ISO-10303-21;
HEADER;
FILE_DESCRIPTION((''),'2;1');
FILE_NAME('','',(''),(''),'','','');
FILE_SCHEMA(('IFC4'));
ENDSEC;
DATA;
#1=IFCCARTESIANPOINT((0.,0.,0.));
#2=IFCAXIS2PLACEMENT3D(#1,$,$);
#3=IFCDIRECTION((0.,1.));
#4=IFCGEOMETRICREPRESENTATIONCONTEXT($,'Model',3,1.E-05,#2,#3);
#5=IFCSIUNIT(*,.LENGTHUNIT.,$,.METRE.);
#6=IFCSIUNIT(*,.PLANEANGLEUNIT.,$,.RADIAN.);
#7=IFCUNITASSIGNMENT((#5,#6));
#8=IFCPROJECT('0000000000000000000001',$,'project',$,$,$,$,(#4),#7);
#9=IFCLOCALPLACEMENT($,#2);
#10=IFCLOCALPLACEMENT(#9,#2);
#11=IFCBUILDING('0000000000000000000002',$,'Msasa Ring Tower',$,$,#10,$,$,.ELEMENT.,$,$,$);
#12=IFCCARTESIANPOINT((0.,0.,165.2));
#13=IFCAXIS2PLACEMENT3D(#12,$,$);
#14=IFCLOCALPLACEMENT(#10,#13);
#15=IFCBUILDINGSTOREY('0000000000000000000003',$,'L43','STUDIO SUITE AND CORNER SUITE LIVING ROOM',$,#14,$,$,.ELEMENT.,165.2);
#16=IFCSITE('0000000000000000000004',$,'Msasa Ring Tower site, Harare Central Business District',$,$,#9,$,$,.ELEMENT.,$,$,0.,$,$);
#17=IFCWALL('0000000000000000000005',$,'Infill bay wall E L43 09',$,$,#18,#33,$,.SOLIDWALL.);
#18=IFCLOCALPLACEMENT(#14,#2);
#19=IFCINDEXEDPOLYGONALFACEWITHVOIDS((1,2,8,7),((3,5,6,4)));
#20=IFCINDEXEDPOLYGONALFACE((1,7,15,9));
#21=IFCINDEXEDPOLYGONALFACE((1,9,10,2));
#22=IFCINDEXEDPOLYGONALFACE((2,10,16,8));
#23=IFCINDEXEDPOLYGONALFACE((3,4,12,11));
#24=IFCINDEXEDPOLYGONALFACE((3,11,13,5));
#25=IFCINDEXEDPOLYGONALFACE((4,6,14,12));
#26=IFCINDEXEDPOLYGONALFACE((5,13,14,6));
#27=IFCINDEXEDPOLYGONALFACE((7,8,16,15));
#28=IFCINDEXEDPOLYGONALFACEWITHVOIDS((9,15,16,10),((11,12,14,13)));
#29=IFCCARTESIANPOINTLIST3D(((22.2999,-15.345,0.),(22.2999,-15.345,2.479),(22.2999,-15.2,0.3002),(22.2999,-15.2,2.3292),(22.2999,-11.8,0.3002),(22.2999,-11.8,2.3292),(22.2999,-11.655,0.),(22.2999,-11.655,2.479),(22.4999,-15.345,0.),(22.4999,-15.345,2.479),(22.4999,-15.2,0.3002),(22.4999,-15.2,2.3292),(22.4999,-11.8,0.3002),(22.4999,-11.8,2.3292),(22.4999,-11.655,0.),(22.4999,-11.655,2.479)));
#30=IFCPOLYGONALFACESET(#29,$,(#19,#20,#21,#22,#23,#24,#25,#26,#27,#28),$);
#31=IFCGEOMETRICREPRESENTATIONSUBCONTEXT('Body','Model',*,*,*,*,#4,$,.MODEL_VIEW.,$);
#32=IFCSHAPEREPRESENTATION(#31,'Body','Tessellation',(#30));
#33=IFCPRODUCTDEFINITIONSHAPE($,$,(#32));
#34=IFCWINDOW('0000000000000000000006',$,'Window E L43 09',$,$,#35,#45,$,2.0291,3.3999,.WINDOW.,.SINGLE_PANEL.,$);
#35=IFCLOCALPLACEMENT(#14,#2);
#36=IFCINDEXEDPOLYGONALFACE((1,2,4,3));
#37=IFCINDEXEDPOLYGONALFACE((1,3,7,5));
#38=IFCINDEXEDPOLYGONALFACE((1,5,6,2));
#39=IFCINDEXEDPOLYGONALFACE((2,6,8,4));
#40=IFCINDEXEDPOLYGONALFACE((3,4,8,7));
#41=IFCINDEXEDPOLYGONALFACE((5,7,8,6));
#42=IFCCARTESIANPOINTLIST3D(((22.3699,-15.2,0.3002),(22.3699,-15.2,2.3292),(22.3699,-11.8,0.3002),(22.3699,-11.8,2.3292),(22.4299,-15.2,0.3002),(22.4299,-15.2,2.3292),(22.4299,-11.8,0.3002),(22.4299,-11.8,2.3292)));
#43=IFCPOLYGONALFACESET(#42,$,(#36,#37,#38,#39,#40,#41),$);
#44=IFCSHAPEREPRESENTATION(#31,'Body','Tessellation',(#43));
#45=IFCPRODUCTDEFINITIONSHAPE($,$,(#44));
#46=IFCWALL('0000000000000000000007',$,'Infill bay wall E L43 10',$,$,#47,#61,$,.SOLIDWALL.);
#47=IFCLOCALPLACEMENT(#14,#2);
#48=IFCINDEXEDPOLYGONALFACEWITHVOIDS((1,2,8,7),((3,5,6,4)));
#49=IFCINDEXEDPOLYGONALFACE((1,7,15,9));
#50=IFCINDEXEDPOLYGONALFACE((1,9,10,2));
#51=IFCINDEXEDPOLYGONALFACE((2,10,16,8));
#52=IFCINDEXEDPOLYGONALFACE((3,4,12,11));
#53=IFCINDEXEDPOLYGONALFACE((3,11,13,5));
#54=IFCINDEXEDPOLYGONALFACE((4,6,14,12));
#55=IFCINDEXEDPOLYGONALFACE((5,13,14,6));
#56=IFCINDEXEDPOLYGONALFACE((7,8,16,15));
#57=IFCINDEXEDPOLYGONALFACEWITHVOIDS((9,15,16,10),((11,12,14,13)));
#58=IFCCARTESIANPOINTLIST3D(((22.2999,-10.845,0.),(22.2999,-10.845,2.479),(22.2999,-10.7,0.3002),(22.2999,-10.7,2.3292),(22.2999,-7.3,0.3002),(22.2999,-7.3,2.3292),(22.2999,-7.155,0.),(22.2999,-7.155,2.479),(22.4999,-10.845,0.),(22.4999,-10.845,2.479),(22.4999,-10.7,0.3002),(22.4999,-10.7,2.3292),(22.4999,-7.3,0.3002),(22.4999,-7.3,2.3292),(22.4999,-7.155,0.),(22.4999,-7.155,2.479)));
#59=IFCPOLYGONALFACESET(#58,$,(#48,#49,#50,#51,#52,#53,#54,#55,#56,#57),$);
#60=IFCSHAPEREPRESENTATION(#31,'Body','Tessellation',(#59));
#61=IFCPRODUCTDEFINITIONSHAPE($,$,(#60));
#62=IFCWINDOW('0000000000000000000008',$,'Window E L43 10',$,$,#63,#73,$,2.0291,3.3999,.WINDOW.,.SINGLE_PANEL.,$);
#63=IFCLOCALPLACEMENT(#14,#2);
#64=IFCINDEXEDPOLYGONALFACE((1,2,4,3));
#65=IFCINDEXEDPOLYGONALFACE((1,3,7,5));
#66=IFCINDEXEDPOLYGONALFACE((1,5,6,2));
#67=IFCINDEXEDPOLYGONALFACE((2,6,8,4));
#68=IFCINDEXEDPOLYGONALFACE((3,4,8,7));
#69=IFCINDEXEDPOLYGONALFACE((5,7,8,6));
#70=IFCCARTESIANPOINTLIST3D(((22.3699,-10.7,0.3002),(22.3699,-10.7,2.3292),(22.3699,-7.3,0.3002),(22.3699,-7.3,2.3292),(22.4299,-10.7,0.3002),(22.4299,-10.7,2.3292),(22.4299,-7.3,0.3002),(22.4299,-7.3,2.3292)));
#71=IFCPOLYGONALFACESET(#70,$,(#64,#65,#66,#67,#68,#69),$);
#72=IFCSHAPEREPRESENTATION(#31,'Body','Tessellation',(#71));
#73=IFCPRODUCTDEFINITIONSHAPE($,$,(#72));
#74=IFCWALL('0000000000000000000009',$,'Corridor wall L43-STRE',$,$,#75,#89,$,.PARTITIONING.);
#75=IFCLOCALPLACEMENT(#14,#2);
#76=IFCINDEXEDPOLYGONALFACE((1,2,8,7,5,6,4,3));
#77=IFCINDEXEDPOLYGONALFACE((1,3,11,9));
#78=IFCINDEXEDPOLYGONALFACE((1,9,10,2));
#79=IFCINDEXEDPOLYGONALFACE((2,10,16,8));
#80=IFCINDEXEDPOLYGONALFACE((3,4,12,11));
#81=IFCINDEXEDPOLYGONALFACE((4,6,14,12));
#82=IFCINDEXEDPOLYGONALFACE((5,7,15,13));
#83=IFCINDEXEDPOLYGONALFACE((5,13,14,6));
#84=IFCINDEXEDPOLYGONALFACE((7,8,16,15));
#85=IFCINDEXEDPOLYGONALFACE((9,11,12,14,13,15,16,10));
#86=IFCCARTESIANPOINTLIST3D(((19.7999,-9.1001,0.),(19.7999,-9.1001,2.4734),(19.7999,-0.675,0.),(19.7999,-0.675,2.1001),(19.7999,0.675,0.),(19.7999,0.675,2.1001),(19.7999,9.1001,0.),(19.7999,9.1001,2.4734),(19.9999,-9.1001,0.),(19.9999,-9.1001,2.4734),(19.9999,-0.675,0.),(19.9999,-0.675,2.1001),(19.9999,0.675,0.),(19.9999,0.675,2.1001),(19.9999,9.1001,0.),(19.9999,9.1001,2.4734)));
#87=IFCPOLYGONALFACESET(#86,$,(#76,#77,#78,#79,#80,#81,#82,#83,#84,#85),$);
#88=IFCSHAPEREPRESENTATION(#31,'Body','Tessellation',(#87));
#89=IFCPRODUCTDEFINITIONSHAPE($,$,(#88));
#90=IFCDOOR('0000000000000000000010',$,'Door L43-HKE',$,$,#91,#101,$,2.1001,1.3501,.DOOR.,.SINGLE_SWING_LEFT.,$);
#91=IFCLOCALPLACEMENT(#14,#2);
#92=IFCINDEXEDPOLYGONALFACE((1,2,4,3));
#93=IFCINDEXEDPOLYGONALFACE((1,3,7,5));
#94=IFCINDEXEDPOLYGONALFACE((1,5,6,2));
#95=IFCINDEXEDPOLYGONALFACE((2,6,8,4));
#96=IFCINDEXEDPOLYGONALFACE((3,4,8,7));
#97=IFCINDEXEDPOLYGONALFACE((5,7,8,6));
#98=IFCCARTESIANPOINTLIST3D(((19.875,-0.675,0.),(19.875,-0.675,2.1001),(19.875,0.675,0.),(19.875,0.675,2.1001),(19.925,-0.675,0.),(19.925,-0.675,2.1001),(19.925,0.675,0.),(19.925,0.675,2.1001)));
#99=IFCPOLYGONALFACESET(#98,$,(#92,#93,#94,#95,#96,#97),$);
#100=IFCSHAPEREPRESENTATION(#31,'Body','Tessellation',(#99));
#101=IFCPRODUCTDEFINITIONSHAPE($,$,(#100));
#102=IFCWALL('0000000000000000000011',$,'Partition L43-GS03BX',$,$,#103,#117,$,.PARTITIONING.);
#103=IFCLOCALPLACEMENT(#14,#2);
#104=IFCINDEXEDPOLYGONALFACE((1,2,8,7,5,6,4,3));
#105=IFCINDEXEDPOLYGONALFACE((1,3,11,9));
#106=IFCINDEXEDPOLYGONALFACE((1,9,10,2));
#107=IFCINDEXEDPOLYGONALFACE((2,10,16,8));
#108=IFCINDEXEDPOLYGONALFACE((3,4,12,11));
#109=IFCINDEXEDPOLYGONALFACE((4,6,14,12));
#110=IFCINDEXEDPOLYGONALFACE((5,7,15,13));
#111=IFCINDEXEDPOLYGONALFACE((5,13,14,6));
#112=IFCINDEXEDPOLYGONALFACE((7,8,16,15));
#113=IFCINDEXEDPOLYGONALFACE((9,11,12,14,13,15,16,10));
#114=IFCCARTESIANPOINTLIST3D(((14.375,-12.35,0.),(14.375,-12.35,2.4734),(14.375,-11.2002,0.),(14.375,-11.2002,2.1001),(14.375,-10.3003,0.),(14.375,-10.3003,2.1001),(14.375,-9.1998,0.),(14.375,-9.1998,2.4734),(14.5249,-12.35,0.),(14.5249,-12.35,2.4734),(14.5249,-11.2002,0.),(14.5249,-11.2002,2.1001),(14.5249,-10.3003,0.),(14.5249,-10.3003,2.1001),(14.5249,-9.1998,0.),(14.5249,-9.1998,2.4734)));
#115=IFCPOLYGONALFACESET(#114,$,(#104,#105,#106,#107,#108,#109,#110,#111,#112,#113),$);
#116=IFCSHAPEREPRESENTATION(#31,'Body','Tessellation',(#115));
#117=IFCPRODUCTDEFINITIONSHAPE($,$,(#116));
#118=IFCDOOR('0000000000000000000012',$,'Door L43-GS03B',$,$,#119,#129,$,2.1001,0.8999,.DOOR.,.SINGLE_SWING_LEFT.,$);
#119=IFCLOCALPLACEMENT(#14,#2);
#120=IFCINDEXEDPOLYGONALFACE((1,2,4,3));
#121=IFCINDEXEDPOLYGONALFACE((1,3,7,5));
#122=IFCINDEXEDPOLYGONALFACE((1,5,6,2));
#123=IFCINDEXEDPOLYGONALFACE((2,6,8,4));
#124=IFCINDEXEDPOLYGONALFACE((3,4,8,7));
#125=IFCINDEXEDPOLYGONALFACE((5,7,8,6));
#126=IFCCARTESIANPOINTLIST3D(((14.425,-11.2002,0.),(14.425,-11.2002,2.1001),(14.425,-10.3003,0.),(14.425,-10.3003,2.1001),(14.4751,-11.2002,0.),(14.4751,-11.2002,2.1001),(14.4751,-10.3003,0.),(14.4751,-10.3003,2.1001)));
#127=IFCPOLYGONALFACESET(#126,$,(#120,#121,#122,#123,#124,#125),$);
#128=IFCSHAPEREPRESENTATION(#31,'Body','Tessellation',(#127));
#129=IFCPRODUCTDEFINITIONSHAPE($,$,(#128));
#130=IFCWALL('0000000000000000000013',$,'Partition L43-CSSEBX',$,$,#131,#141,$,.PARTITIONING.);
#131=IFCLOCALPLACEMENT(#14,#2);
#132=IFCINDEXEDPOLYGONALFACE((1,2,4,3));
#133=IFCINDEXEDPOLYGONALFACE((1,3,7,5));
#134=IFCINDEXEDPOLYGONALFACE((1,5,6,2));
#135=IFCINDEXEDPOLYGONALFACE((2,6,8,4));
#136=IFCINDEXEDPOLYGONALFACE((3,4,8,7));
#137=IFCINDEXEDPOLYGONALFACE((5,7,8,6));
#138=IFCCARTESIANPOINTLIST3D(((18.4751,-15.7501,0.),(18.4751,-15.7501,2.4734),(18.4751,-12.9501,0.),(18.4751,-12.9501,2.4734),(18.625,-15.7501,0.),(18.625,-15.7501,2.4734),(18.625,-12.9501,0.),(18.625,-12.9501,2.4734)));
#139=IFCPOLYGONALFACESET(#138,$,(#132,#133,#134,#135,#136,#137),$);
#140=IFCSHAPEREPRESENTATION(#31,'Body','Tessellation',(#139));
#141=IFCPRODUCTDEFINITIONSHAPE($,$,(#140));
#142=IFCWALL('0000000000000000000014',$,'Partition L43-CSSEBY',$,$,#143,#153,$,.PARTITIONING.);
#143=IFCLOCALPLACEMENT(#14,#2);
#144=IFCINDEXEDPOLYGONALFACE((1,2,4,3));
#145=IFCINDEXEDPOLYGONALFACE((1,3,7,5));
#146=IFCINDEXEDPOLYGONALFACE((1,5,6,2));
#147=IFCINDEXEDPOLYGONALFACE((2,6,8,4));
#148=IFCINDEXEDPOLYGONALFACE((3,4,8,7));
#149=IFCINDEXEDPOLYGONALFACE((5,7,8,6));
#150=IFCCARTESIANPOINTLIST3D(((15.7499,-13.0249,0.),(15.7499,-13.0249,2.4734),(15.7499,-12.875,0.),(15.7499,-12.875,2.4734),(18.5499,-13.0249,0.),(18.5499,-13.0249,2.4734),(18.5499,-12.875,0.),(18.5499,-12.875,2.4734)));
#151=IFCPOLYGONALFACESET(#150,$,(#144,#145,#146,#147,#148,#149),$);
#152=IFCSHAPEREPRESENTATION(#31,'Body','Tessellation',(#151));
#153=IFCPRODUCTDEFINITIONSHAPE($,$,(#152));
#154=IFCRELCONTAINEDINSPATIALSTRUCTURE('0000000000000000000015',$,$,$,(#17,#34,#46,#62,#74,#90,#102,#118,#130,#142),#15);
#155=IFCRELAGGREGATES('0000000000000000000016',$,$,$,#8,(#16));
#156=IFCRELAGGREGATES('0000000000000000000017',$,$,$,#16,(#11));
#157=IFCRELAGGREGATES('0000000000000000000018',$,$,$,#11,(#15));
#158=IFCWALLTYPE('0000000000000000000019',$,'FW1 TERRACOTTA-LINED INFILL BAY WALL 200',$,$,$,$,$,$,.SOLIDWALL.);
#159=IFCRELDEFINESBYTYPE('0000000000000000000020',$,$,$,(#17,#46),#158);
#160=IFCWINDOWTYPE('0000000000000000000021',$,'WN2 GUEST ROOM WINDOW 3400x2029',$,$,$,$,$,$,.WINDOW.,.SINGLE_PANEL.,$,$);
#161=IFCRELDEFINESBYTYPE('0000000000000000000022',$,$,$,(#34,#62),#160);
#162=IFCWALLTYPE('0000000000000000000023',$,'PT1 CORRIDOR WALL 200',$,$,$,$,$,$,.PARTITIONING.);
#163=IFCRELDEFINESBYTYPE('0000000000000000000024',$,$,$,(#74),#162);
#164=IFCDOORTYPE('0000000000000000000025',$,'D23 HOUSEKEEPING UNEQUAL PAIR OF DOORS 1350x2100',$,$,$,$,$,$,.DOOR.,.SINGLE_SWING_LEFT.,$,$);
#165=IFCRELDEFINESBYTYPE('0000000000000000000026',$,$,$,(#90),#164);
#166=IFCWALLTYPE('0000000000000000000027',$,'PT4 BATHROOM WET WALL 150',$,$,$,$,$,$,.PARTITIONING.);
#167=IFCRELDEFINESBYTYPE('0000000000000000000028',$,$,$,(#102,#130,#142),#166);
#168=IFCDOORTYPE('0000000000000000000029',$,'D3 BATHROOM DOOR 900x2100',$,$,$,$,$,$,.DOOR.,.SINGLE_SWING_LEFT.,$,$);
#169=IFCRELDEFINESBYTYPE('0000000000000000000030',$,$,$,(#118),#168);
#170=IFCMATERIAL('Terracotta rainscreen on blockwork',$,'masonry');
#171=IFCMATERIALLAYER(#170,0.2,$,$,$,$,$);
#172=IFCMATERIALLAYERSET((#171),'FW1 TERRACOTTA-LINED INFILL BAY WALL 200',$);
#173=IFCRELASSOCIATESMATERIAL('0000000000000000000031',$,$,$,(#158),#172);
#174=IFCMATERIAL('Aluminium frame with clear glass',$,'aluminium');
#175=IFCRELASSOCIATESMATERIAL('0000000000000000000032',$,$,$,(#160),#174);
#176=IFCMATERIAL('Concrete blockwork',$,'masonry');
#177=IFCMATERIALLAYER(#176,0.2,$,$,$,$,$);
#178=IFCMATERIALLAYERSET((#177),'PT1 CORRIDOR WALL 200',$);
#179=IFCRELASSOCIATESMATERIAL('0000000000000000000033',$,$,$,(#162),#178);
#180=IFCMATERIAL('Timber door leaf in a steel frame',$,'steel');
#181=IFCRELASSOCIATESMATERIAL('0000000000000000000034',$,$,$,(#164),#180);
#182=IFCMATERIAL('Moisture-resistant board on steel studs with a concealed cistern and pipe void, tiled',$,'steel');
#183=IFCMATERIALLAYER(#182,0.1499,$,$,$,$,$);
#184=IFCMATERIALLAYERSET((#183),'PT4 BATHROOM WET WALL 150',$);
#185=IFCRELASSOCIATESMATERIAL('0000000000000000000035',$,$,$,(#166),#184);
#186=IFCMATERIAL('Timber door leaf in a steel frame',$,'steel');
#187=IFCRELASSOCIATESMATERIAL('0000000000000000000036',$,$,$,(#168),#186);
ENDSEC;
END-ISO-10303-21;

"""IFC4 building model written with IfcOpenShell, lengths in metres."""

from ifc_helpers import new_model, si_unit, direction, frame, frame_2d, origin, place, context, subcontext, project, spatial, rectangle, extrude, material, layer, layer_set, type_object, element, fill, save


model = new_model("IFC4")

# Units and contexts
model_context = context("Model", 3, precision=1e-05, world=origin(), true_north=direction((0.0, 1.0)))
body_context = subcontext(model_context, "Body", "Model", "MODEL_VIEW")
ifc_project = project(units=[si_unit("LENGTHUNIT", "METRE"), si_unit("PLANEANGLEUNIT", "RADIAN")], contexts=[model_context])

# Site, building, storey
site_placement = place(None, origin())
site = spatial("IfcSite", under=ifc_project, at=site_placement, Name="Msasa Ring Tower site, Harare Central Business District", CompositionType="ELEMENT", RefElevation=0.0)
building_placement = place(site_placement, origin())
building = spatial("IfcBuilding", under=site, at=building_placement, Name="Msasa Ring Tower", CompositionType="ELEMENT")
storey_placement = place(building_placement, frame((0.0, 0.0, 165.2)))
storey = spatial("IfcBuildingStorey", under=building, at=storey_placement, Name="L43", Description="STUDIO SUITE AND CORNER SUITE LIVING ROOM", CompositionType="ELEMENT", Elevation=165.2)

# Walls, openings, windows
ifc_material_1 = material(Name="Terracotta rainscreen on blockwork", Category="masonry")
ifc_layer_1 = layer(ifc_material_1, 0.2)
ifc_layer_set_1 = layer_set([ifc_layer_1], Name="FW1 TERRACOTTA-LINED INFILL BAY WALL 200")
wall_type_1 = type_object("IfcWallType", Name="FW1 TERRACOTTA-LINED INFILL BAY WALL 200", PredefinedType="SOLIDWALL", material=ifc_layer_set_1)
wall_1_placement = place(storey_placement, frame((22.3999, -15.345, 0.0), z_axis=(0.0, 0.0, 1.0), x_axis=(0.0, 1.0, 0.0)))
wall_1 = element("IfcWall", 1, at=wall_1_placement, inside=storey, type_object=wall_type_1, Name="Infill bay wall E L43 09", PredefinedType="SOLIDWALL", context=body_context, shape_type="SweptSolid", body=[
    extrude(rectangle(XDim=3.6899, YDim=0.2, at=frame_2d((1.845, 0.0))), origin(), (0.0, 0.0, 1.0), 2.479),
])
opening_1_placement = place(wall_1_placement, frame((0.145, 0.0, 0.3)))
opening_1 = element("IfcOpeningElement", 2, at=opening_1_placement, cuts=wall_1, PredefinedType="OPENING", context=body_context, shape_type="SweptSolid", body=[
    extrude(rectangle(XDim=3.3999, YDim=2.0291, at=frame_2d((1.7, 1.0146))), frame((0.0, 0.1099, 0.0), z_axis=(0.0, -1.0, 0.0), x_axis=(1.0, 0.0, 0.0)), (0.0, 0.0, 1.0), 0.22),
])
ifc_material_2 = material(Name="Aluminium frame with clear glass", Category="aluminium")
window_type = type_object("IfcWindowType", Name="WN2 GUEST ROOM WINDOW 3400x2029", PartitioningType="SINGLE_PANEL", PredefinedType="WINDOW", material=ifc_material_2)
window_1_placement = place(opening_1_placement, origin())
window_1 = element("IfcWindow", 3, at=window_1_placement, inside=storey, type_object=window_type, Name="Window E L43 09", OverallHeight=2.0291, OverallWidth=3.3999, PartitioningType="SINGLE_PANEL", PredefinedType="WINDOW", context=body_context, shape_type="SweptSolid", body=[
    extrude(rectangle(XDim=3.3999, YDim=2.0291, at=frame_2d((1.7, 1.0146))), frame((0.0, 0.03, 0.0), z_axis=(0.0, -1.0, 0.0), x_axis=(1.0, 0.0, 0.0)), (0.0, 0.0, 1.0), 0.0601),
])
fill(opening_1, window_1)
wall_2_placement = place(storey_placement, frame((22.3999, -10.845, 0.0), z_axis=(0.0, 0.0, 1.0), x_axis=(0.0, 1.0, 0.0)))
wall_2 = element("IfcWall", 4, at=wall_2_placement, inside=storey, type_object=wall_type_1, Name="Infill bay wall E L43 10", PredefinedType="SOLIDWALL", context=body_context, shape_type="SweptSolid", body=[
    extrude(rectangle(XDim=3.6899, YDim=0.2, at=frame_2d((1.845, 0.0))), origin(), (0.0, 0.0, 1.0), 2.479),
])
opening_2_placement = place(wall_2_placement, frame((0.145, 0.0, 0.3)))
opening_2 = element("IfcOpeningElement", 5, at=opening_2_placement, cuts=wall_2, PredefinedType="OPENING", context=body_context, shape_type="SweptSolid", body=[
    extrude(rectangle(XDim=3.3999, YDim=2.0291, at=frame_2d((1.7, 1.0146))), frame((0.0, 0.1099, 0.0), z_axis=(0.0, -1.0, 0.0), x_axis=(1.0, 0.0, 0.0)), (0.0, 0.0, 1.0), 0.22),
])
window_2_placement = place(opening_2_placement, origin())
window_2 = element("IfcWindow", 6, at=window_2_placement, inside=storey, type_object=window_type, Name="Window E L43 10", OverallHeight=2.0291, OverallWidth=3.3999, PartitioningType="SINGLE_PANEL", PredefinedType="WINDOW", context=body_context, shape_type="SweptSolid", body=[
    extrude(rectangle(XDim=3.3999, YDim=2.0291, at=frame_2d((1.7, 1.0146))), frame((0.0, 0.03, 0.0), z_axis=(0.0, -1.0, 0.0), x_axis=(1.0, 0.0, 0.0)), (0.0, 0.0, 1.0), 0.0601),
])
fill(opening_2, window_2)

# Walls, openings, doors
ifc_material_3 = material(Name="Concrete blockwork", Category="masonry")
ifc_layer_2 = layer(ifc_material_3, 0.2)
ifc_layer_set_2 = layer_set([ifc_layer_2], Name="PT1 CORRIDOR WALL 200")
wall_type_2 = type_object("IfcWallType", Name="PT1 CORRIDOR WALL 200", PredefinedType="PARTITIONING", material=ifc_layer_set_2)
wall_3_placement = place(storey_placement, frame((19.8999, -9.1001, 0.0), z_axis=(0.0, 0.0, 1.0), x_axis=(0.0, 1.0, 0.0)))
wall_3 = element("IfcWall", 7, at=wall_3_placement, inside=storey, type_object=wall_type_2, Name="Corridor wall L43-STRE", PredefinedType="PARTITIONING", context=body_context, shape_type="SweptSolid", body=[
    extrude(rectangle(XDim=18.2002, YDim=0.2, at=frame_2d((9.1001, 0.0))), origin(), (0.0, 0.0, 1.0), 2.4734),
])
opening_3_placement = place(wall_3_placement, frame((8.425, 0.0, 0.0)))
opening_3 = element("IfcOpeningElement", 8, at=opening_3_placement, cuts=wall_3, PredefinedType="OPENING", context=body_context, shape_type="SweptSolid", body=[
    extrude(rectangle(XDim=1.3501, YDim=2.1001, at=frame_2d((0.675, 1.05))), frame((0.0, 0.1099, 0.0), z_axis=(0.0, -1.0, 0.0), x_axis=(1.0, 0.0, 0.0)), (0.0, 0.0, 1.0), 0.22),
])
ifc_material_4 = material(Name="Timber door leaf in a steel frame", Category="steel")
door_type_1 = type_object("IfcDoorType", Name="D23 HOUSEKEEPING UNEQUAL PAIR OF DOORS 1350x2100", OperationType="SINGLE_SWING_LEFT", PredefinedType="DOOR", material=ifc_material_4)
door_1_placement = place(opening_3_placement, origin())
door_1 = element("IfcDoor", 9, at=door_1_placement, inside=storey, type_object=door_type_1, Name="Door L43-HKE", OperationType="SINGLE_SWING_LEFT", OverallHeight=2.1001, OverallWidth=1.3501, PredefinedType="DOOR", context=body_context, shape_type="SweptSolid", body=[
    extrude(rectangle(XDim=1.3501, YDim=2.1001, at=frame_2d((0.675, 1.05))), frame((0.0, 0.0249, 0.0), z_axis=(0.0, -1.0, 0.0), x_axis=(1.0, 0.0, 0.0)), (0.0, 0.0, 1.0), 0.05),
])
fill(opening_3, door_1)
ifc_material_5 = material(Name="Moisture-resistant board on steel studs with a concealed cistern and pipe void, tiled", Category="steel")
ifc_layer_3 = layer(ifc_material_5, 0.1499)
ifc_layer_set_3 = layer_set([ifc_layer_3], Name="PT4 BATHROOM WET WALL 150")
wall_type_3 = type_object("IfcWallType", Name="PT4 BATHROOM WET WALL 150", PredefinedType="PARTITIONING", material=ifc_layer_set_3)
wall_4_placement = place(storey_placement, frame((14.45, -12.3501, 0.0), z_axis=(0.0, 0.0, 1.0), x_axis=(0.0, 1.0, 0.0)))
wall_4 = element("IfcWall", 10, at=wall_4_placement, inside=storey, type_object=wall_type_3, Name="Partition L43-GS03BX", PredefinedType="PARTITIONING", context=body_context, shape_type="SweptSolid", body=[
    extrude(rectangle(XDim=3.1501, YDim=0.1499, at=frame_2d((1.5752, 0.0))), origin(), (0.0, 0.0, 1.0), 2.4734),
])
opening_4_placement = place(wall_4_placement, frame((1.1499, 0.0, 0.0)))
opening_4 = element("IfcOpeningElement", 11, at=opening_4_placement, cuts=wall_4, PredefinedType="OPENING", context=body_context, shape_type="SweptSolid", body=[
    extrude(rectangle(XDim=0.8999, YDim=2.1001, at=frame_2d((0.45, 1.05))), frame((0.0, 0.085, 0.0), z_axis=(0.0, -1.0, 0.0), x_axis=(1.0, 0.0, 0.0)), (0.0, 0.0, 1.0), 0.1699),
])
ifc_material_6 = material(Name="Timber door leaf in a steel frame", Category="steel")
door_type_2 = type_object("IfcDoorType", Name="D3 BATHROOM DOOR 900x2100", OperationType="SINGLE_SWING_LEFT", PredefinedType="DOOR", material=ifc_material_6)
door_2_placement = place(opening_4_placement, origin())
door_2 = element("IfcDoor", 12, at=door_2_placement, inside=storey, type_object=door_type_2, Name="Door L43-GS03B", OperationType="SINGLE_SWING_LEFT", OverallHeight=2.1001, OverallWidth=0.8999, PredefinedType="DOOR", context=body_context, shape_type="SweptSolid", body=[
    extrude(rectangle(XDim=0.8999, YDim=2.1001, at=frame_2d((0.45, 1.05))), frame((0.0, 0.0249, 0.0), z_axis=(0.0, -1.0, 0.0), x_axis=(1.0, 0.0, 0.0)), (0.0, 0.0, 1.0), 0.05),
])
fill(opening_4, door_2)

# Walls
for number, where, z_axis, x_axis, name in (
    (13, (18.55, -15.75, 0.0), (0.0, 0.0, 1.0), (0.0, 1.0, 0.0), "Partition L43-CSSEBX"),
    (14, (15.75, -12.95, 0.0), (0.0, 0.0, 1.0), (1.0, 0.0, 0.0), "Partition L43-CSSEBY"),
):
    element("IfcWall", number, at=place(storey_placement, frame(where, z_axis=z_axis, x_axis=x_axis)), inside=storey, type_object=wall_type_3, Name=name, PredefinedType="PARTITIONING", context=body_context, shape_type="SweptSolid", body=[
        extrude(rectangle(XDim=2.8, YDim=0.1499, at=frame_2d((1.3999, 0.0))), origin(), (0.0, 0.0, 1.0), 2.4734),
    ])

save(model, "model.ifc")
